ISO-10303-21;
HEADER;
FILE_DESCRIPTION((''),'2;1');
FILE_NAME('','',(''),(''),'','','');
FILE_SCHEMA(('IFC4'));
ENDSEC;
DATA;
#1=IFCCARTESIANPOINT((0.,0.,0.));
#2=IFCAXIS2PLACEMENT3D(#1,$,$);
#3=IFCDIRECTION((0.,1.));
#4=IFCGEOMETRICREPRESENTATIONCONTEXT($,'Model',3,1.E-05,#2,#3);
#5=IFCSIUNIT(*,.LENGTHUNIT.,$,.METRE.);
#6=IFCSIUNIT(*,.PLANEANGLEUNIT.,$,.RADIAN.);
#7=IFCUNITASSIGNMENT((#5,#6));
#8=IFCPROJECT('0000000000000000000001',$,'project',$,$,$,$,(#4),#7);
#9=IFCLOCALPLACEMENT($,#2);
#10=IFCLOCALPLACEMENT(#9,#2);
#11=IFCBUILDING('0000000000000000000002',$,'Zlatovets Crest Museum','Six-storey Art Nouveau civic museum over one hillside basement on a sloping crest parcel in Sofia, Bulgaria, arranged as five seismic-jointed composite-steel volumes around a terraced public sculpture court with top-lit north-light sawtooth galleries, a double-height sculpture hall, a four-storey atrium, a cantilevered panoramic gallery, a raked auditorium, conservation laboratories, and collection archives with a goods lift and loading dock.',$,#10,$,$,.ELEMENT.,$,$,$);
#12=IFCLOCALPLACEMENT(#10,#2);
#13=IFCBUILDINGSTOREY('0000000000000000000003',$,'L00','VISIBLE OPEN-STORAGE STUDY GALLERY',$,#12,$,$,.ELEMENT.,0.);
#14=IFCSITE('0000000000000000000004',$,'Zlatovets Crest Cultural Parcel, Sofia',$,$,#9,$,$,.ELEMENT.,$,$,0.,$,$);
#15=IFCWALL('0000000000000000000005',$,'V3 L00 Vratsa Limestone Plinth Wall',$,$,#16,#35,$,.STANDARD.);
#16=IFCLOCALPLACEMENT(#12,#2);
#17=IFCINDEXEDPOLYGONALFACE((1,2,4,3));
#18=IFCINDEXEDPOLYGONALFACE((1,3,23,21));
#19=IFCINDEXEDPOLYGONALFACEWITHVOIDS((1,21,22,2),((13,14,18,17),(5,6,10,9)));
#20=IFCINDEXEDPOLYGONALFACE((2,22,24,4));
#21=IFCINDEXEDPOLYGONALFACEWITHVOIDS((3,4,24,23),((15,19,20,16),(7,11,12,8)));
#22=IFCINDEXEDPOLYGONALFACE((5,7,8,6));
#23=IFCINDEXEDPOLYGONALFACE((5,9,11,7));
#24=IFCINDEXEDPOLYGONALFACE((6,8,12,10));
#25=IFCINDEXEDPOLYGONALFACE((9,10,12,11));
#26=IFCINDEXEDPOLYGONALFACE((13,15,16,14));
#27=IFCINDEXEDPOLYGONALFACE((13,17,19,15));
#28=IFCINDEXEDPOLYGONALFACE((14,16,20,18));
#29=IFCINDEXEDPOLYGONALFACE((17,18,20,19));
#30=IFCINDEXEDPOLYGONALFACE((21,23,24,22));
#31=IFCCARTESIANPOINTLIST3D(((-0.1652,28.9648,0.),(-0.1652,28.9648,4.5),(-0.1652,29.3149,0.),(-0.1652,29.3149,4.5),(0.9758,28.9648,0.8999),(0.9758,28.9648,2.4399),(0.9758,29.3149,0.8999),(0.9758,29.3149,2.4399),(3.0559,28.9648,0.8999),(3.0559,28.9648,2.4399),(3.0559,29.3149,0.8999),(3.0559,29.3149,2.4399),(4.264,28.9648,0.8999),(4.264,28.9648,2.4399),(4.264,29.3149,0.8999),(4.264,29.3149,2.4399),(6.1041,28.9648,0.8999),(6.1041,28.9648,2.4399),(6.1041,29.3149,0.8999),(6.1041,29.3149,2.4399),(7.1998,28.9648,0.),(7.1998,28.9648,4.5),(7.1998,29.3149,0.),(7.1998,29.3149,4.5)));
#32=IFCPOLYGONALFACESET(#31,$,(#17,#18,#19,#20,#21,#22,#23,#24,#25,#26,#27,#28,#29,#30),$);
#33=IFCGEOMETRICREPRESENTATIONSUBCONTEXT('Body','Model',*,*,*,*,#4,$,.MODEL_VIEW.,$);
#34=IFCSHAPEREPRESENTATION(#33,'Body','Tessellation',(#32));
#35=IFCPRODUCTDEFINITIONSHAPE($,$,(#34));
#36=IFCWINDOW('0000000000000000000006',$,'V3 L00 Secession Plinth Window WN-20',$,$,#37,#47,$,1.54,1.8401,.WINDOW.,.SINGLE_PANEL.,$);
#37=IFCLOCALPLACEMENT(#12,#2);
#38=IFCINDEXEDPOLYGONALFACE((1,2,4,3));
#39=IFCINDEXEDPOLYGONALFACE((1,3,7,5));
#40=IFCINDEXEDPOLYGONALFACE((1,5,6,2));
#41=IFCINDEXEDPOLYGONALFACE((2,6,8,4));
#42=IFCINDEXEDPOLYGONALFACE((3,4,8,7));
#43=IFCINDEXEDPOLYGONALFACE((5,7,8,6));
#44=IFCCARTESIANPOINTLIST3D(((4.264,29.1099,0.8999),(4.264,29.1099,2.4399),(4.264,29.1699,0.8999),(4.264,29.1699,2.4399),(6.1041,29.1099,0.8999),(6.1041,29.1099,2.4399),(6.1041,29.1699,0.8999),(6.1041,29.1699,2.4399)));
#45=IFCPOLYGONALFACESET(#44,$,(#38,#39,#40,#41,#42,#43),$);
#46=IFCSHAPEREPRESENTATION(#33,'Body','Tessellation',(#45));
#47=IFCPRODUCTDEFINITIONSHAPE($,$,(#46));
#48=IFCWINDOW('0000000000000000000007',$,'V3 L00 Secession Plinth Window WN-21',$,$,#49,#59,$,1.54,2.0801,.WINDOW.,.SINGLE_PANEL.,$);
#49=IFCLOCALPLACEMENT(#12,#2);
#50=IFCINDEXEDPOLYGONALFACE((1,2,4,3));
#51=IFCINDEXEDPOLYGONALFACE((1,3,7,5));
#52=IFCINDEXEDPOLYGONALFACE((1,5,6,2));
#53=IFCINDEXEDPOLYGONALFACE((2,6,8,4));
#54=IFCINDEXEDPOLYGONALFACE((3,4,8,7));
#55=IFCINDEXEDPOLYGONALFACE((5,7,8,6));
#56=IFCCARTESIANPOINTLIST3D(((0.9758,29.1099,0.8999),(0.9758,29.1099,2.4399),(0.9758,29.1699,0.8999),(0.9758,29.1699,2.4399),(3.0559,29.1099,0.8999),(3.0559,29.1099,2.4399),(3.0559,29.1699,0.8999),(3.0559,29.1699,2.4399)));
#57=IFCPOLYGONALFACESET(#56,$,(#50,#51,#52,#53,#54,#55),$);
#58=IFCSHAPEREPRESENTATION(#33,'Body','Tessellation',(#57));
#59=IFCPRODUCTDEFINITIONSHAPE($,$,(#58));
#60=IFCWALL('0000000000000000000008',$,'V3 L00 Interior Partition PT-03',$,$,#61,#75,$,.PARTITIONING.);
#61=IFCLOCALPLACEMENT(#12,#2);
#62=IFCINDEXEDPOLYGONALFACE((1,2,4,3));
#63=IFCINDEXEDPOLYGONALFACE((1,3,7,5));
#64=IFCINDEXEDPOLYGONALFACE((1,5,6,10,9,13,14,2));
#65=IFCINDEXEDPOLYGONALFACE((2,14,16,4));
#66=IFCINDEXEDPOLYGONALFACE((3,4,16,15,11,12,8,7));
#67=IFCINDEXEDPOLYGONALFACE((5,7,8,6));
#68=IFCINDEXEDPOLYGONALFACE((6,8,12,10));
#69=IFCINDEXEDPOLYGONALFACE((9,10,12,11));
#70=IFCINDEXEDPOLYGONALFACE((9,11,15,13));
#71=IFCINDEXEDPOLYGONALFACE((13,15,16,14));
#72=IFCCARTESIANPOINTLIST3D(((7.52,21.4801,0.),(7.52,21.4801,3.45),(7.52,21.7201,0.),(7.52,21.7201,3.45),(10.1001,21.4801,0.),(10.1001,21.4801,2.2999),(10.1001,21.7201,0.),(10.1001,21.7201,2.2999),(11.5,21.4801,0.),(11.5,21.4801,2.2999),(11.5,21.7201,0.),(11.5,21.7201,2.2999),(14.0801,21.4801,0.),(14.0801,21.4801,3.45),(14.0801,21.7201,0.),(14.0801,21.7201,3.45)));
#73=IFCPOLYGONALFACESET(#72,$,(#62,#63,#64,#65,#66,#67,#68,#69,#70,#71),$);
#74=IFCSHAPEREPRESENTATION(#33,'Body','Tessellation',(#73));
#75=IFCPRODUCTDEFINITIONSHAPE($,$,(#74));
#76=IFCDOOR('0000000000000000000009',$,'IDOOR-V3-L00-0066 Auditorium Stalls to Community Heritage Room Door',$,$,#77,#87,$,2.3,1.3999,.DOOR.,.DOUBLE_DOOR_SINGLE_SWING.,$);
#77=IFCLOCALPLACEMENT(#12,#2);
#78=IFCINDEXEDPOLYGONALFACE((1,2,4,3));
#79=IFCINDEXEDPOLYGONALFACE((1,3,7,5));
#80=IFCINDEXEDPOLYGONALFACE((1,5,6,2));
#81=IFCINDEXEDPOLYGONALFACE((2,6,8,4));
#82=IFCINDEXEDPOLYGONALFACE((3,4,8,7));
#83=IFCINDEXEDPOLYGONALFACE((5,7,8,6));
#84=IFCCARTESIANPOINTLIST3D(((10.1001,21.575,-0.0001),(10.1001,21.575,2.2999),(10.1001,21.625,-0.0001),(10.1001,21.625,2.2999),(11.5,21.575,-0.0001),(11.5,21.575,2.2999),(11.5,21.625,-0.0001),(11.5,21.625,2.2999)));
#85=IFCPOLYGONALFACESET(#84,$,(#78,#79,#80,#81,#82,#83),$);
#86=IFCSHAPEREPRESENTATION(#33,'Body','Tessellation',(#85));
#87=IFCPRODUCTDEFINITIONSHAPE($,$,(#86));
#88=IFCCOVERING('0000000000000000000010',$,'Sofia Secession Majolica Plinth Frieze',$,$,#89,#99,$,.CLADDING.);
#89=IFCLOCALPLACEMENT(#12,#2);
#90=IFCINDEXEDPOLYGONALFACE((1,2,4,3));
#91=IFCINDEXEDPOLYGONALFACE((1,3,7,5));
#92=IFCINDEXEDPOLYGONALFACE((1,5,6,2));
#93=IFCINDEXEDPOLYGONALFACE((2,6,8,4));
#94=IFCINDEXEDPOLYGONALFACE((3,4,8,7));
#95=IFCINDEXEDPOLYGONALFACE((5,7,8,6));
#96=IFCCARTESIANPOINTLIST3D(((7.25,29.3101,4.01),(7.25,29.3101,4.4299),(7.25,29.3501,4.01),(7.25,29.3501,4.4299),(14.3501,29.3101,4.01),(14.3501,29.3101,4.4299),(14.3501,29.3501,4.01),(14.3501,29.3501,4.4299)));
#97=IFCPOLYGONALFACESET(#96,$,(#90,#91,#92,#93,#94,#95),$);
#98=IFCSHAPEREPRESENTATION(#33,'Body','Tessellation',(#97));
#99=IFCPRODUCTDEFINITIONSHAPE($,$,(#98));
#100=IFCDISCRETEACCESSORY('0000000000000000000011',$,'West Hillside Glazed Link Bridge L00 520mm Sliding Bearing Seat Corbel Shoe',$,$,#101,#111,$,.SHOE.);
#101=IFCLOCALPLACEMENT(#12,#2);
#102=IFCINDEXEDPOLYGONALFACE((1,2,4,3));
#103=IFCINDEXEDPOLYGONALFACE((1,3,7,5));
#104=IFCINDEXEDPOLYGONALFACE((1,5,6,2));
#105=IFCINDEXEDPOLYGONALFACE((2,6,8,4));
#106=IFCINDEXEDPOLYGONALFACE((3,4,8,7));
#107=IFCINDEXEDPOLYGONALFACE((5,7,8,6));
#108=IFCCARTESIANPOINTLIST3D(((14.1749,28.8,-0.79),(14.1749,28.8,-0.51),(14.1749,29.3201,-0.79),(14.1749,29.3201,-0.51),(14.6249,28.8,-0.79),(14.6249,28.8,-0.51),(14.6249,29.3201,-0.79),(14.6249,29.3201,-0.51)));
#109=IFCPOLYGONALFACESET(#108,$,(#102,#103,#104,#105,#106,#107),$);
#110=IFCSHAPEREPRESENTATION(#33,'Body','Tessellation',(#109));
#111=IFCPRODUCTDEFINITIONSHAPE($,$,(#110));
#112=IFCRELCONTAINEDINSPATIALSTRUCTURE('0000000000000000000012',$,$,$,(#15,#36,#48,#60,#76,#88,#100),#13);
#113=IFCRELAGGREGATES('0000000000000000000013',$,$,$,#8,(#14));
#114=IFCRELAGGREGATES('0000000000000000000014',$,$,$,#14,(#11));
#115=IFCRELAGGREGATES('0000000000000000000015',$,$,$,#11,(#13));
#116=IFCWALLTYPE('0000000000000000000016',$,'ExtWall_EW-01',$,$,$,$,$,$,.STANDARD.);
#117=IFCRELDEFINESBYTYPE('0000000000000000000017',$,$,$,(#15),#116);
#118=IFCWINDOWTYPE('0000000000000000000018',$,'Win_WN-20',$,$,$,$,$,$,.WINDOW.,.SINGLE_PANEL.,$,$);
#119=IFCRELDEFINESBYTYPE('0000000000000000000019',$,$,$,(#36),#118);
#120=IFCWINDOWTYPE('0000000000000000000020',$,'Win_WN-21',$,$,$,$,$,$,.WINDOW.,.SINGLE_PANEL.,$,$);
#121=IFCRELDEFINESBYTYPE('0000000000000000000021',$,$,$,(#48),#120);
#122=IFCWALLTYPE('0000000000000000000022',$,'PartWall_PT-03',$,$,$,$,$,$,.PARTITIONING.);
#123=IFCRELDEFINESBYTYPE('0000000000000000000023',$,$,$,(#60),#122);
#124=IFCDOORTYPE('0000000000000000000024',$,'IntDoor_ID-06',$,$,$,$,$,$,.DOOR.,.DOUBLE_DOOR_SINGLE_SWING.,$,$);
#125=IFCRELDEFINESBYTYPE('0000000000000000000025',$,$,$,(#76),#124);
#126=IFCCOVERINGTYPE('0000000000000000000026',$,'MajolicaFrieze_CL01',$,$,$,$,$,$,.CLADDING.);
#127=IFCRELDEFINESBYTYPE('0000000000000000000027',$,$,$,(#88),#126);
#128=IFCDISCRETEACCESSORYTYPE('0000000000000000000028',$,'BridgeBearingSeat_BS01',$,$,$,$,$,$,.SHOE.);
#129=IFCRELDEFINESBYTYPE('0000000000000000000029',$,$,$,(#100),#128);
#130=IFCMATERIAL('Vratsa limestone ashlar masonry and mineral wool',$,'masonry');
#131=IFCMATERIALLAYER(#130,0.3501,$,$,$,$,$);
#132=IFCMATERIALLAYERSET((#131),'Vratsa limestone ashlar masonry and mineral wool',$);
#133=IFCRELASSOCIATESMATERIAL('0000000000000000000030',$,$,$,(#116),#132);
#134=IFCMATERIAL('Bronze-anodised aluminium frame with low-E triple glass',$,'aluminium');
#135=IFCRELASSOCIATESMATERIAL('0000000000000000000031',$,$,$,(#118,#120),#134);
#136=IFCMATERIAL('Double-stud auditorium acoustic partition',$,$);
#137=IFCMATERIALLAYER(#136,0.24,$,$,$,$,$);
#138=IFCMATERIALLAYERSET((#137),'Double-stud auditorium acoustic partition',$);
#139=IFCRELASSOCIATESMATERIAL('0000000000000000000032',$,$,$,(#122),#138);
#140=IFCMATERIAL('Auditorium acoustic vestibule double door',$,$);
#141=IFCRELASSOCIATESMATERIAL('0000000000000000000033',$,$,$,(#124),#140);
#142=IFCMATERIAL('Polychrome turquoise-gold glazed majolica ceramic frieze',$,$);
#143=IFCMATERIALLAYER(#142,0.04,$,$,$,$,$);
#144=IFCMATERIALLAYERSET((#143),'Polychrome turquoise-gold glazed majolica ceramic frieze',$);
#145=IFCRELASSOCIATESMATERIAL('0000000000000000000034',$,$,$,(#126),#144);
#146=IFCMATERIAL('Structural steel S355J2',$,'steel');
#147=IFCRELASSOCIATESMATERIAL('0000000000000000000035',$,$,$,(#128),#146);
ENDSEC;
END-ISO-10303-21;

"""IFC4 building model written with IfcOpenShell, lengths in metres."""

from ifc_helpers import new_model, si_unit, direction, frame, frame_2d, origin, origin_2d, place, context, subcontext, project, spatial, rectangle, extrude, material, layer, layer_set, type_object, element, fill, save


model = new_model("IFC4")

# Units and contexts
model_context = context("Model", 3, precision=1e-05, world=origin(), true_north=direction((0.0, 1.0)))
body_context = subcontext(model_context, "Body", "Model", "MODEL_VIEW")
ifc_project = project(units=[si_unit("LENGTHUNIT", "METRE"), si_unit("PLANEANGLEUNIT", "RADIAN")], contexts=[model_context])

# Site, building, storey
site_placement = place(None, origin())
site = spatial("IfcSite", under=ifc_project, at=site_placement, Name="Zlatovets Crest Cultural Parcel, Sofia", CompositionType="ELEMENT", RefElevation=0.0)
building_placement = place(site_placement, origin())
building = spatial("IfcBuilding", under=site, at=building_placement, Name="Zlatovets Crest Museum", Description="Six-storey Art Nouveau civic museum over one hillside basement on a sloping crest parcel in Sofia, Bulgaria, arranged as five seismic-jointed composite-steel volumes around a terraced public sculpture court with top-lit north-light sawtooth galleries, a double-height sculpture hall, a four-storey atrium, a cantilevered panoramic gallery, a raked auditorium, conservation laboratories, and collection archives with a goods lift and loading dock.", CompositionType="ELEMENT")
storey_placement = place(building_placement, origin())
storey = spatial("IfcBuildingStorey", under=building, at=storey_placement, Name="L00", Description="VISIBLE OPEN-STORAGE STUDY GALLERY", CompositionType="ELEMENT", Elevation=0.0)

# Shared definitions
ifc_material_1 = material(Name="Structural steel S355J2", Category="steel")

# Wall, openings, windows
ifc_material_2 = material(Name="Vratsa limestone ashlar masonry and mineral wool", Category="masonry")
ifc_layer_1 = layer(ifc_material_2, 0.3501)
ifc_layer_set_1 = layer_set([ifc_layer_1], Name="Vratsa limestone ashlar masonry and mineral wool")
wall_type_1 = type_object("IfcWallType", Name="ExtWall_EW-01", PredefinedType="STANDARD", material=ifc_layer_set_1)
ifc_material_3 = material(Name="Bronze-anodised aluminium frame with low-E triple glass", Category="aluminium")
wall_1_placement = place(storey_placement, frame((7.2, 29.1399, 0.0), z_axis=(0.0, 0.0, 1.0), x_axis=(-1.0, 0.0, 0.0)))
wall_1 = element("IfcWall", 1, at=wall_1_placement, inside=storey, type_object=wall_type_1, Name="V3 L00 Vratsa Limestone Plinth Wall", PredefinedType="STANDARD", context=body_context, shape_type="SweptSolid", body=[
    extrude(rectangle(XDim=7.365, YDim=0.3501, at=frame_2d((3.6826, 0.0))), origin(), (0.0, 0.0, 1.0), 4.5),
])
opening_1_placement = place(wall_1_placement, frame((1.0959, 0.0, 0.8999)))
opening_1 = element("IfcOpeningElement", 2, at=opening_1_placement, cuts=wall_1, PredefinedType="OPENING", context=body_context, shape_type="SweptSolid", body=[
    extrude(rectangle(XDim=1.8401, YDim=1.54, at=frame_2d((0.9199, 0.77))), frame((0.0, 0.1851, 0.0), z_axis=(0.0, -1.0, 0.0), x_axis=(1.0, 0.0, 0.0)), (0.0, 0.0, 1.0), 0.3701),
])
opening_2_placement = place(wall_1_placement, frame((4.144, 0.0, 0.8999)))
opening_2 = element("IfcOpeningElement", 3, at=opening_2_placement, cuts=wall_1, PredefinedType="OPENING", context=body_context, shape_type="SweptSolid", body=[
    extrude(rectangle(XDim=2.0801, YDim=1.54, at=frame_2d((1.04, 0.77))), frame((0.0, 0.1851, 0.0), z_axis=(0.0, -1.0, 0.0), x_axis=(1.0, 0.0, 0.0)), (0.0, 0.0, 1.0), 0.3701),
])
window_type_1 = type_object("IfcWindowType", Name="Win_WN-20", PartitioningType="SINGLE_PANEL", PredefinedType="WINDOW", material=ifc_material_3)
window_1_placement = place(opening_1_placement, origin())
window_1 = element("IfcWindow", 4, at=window_1_placement, inside=storey, type_object=window_type_1, Name="V3 L00 Secession Plinth Window WN-20", OverallHeight=1.54, OverallWidth=1.8401, PartitioningType="SINGLE_PANEL", PredefinedType="WINDOW", context=body_context, shape_type="SweptSolid", body=[
    extrude(rectangle(XDim=1.8401, YDim=1.54, at=frame_2d((0.9199, 0.77))), frame((0.0, 0.03, 0.0), z_axis=(0.0, -1.0, 0.0), x_axis=(1.0, 0.0, 0.0)), (0.0, 0.0, 1.0), 0.0601),
])
fill(opening_1, window_1)
window_type_2 = type_object("IfcWindowType", Name="Win_WN-21", PartitioningType="SINGLE_PANEL", PredefinedType="WINDOW", material=ifc_material_3)
window_2_placement = place(opening_2_placement, origin())
window_2 = element("IfcWindow", 5, at=window_2_placement, inside=storey, type_object=window_type_2, Name="V3 L00 Secession Plinth Window WN-21", OverallHeight=1.54, OverallWidth=2.0801, PartitioningType="SINGLE_PANEL", PredefinedType="WINDOW", context=body_context, shape_type="SweptSolid", body=[
    extrude(rectangle(XDim=2.0801, YDim=1.54, at=frame_2d((1.04, 0.77))), frame((0.0, 0.03, 0.0), z_axis=(0.0, -1.0, 0.0), x_axis=(1.0, 0.0, 0.0)), (0.0, 0.0, 1.0), 0.0601),
])
fill(opening_2, window_2)

# Wall, opening, door
ifc_material_4 = material(Name="Double-stud auditorium acoustic partition")
ifc_layer_2 = layer(ifc_material_4, 0.24)
ifc_layer_set_2 = layer_set([ifc_layer_2], Name="Double-stud auditorium acoustic partition")
wall_type_2 = type_object("IfcWallType", Name="PartWall_PT-03", PredefinedType="PARTITIONING", material=ifc_layer_set_2)
wall_2_placement = place(storey_placement, frame((7.52, 21.6001, 0.0), z_axis=(0.0, 0.0, 1.0), x_axis=(1.0, 0.0, 0.0)))
wall_2 = element("IfcWall", 6, at=wall_2_placement, inside=storey, type_object=wall_type_2, Name="V3 L00 Interior Partition PT-03", PredefinedType="PARTITIONING", context=body_context, shape_type="SweptSolid", body=[
    extrude(rectangle(XDim=6.5601, YDim=0.24, at=frame_2d((3.28, 0.0))), origin(), (0.0, 0.0, 1.0), 3.45),
])
opening_3_placement = place(wall_2_placement, frame((2.5801, 0.0, 0.0)))
opening_3 = element("IfcOpeningElement", 7, at=opening_3_placement, cuts=wall_2, PredefinedType="OPENING", context=body_context, shape_type="SweptSolid", body=[
    extrude(rectangle(XDim=1.3999, YDim=2.3, at=frame_2d((0.7, 1.1499))), frame((0.0, 0.1299, 0.0), z_axis=(0.0, -1.0, 0.0), x_axis=(1.0, 0.0, 0.0)), (0.0, 0.0, 1.0), 0.26),
])
ifc_material_5 = material(Name="Auditorium acoustic vestibule double door")
door_type = type_object("IfcDoorType", Name="IntDoor_ID-06", OperationType="DOUBLE_DOOR_SINGLE_SWING", PredefinedType="DOOR", material=ifc_material_5)
door_placement = place(opening_3_placement, origin())
door = element("IfcDoor", 8, at=door_placement, inside=storey, type_object=door_type, Name="IDOOR-V3-L00-0066 Auditorium Stalls to Community Heritage Room Door", OperationType="DOUBLE_DOOR_SINGLE_SWING", OverallHeight=2.3, OverallWidth=1.3999, PredefinedType="DOOR", context=body_context, shape_type="SweptSolid", body=[
    extrude(rectangle(XDim=1.3999, YDim=2.3, at=frame_2d((0.7, 1.1499))), frame((0.0, 0.0249, 0.0), z_axis=(0.0, -1.0, 0.0), x_axis=(1.0, 0.0, 0.0)), (0.0, 0.0, 1.0), 0.05),
])
fill(opening_3, door)

# Covering
ifc_material_6 = material(Name="Polychrome turquoise-gold glazed majolica ceramic frieze")
ifc_layer_3 = layer(ifc_material_6, 0.04)
ifc_layer_set_3 = layer_set([ifc_layer_3], Name="Polychrome turquoise-gold glazed majolica ceramic frieze")
covering_type = type_object("IfcCoveringType", Name="MajolicaFrieze_CL01", PredefinedType="CLADDING", material=ifc_layer_set_3)
covering_placement = place(storey_placement, frame((10.8, 29.3301, 4.01), z_axis=(0.0, 0.0, 1.0), x_axis=(1.0, 0.0, 0.0)))
element("IfcCovering", 9, at=covering_placement, inside=storey, type_object=covering_type, Name="Sofia Secession Majolica Plinth Frieze", PredefinedType="CLADDING", context=body_context, shape_type="SweptSolid", body=[
    extrude(rectangle(XDim=7.1001, YDim=0.04, at=origin_2d()), origin(), (0.0, 0.0, 1.0), 0.4199),
])

# Discrete accessory
discrete_accessory_type = type_object("IfcDiscreteAccessoryType", Name="BridgeBearingSeat_BS01", PredefinedType="SHOE", material=ifc_material_1)
discrete_accessory_placement = place(storey_placement, frame((14.3999, 29.0601, -0.79), z_axis=(0.0, 0.0, 1.0), x_axis=(1.0, 0.0, 0.0)))
element("IfcDiscreteAccessory", 10, at=discrete_accessory_placement, inside=storey, type_object=discrete_accessory_type, Name="West Hillside Glazed Link Bridge L00 520mm Sliding Bearing Seat Corbel Shoe", PredefinedType="SHOE", context=body_context, shape_type="SweptSolid", body=[
    extrude(rectangle(XDim=0.45, YDim=0.52, at=origin_2d()), origin(), (0.0, 0.0, 1.0), 0.28),
])

save(model, "model.ifc")
